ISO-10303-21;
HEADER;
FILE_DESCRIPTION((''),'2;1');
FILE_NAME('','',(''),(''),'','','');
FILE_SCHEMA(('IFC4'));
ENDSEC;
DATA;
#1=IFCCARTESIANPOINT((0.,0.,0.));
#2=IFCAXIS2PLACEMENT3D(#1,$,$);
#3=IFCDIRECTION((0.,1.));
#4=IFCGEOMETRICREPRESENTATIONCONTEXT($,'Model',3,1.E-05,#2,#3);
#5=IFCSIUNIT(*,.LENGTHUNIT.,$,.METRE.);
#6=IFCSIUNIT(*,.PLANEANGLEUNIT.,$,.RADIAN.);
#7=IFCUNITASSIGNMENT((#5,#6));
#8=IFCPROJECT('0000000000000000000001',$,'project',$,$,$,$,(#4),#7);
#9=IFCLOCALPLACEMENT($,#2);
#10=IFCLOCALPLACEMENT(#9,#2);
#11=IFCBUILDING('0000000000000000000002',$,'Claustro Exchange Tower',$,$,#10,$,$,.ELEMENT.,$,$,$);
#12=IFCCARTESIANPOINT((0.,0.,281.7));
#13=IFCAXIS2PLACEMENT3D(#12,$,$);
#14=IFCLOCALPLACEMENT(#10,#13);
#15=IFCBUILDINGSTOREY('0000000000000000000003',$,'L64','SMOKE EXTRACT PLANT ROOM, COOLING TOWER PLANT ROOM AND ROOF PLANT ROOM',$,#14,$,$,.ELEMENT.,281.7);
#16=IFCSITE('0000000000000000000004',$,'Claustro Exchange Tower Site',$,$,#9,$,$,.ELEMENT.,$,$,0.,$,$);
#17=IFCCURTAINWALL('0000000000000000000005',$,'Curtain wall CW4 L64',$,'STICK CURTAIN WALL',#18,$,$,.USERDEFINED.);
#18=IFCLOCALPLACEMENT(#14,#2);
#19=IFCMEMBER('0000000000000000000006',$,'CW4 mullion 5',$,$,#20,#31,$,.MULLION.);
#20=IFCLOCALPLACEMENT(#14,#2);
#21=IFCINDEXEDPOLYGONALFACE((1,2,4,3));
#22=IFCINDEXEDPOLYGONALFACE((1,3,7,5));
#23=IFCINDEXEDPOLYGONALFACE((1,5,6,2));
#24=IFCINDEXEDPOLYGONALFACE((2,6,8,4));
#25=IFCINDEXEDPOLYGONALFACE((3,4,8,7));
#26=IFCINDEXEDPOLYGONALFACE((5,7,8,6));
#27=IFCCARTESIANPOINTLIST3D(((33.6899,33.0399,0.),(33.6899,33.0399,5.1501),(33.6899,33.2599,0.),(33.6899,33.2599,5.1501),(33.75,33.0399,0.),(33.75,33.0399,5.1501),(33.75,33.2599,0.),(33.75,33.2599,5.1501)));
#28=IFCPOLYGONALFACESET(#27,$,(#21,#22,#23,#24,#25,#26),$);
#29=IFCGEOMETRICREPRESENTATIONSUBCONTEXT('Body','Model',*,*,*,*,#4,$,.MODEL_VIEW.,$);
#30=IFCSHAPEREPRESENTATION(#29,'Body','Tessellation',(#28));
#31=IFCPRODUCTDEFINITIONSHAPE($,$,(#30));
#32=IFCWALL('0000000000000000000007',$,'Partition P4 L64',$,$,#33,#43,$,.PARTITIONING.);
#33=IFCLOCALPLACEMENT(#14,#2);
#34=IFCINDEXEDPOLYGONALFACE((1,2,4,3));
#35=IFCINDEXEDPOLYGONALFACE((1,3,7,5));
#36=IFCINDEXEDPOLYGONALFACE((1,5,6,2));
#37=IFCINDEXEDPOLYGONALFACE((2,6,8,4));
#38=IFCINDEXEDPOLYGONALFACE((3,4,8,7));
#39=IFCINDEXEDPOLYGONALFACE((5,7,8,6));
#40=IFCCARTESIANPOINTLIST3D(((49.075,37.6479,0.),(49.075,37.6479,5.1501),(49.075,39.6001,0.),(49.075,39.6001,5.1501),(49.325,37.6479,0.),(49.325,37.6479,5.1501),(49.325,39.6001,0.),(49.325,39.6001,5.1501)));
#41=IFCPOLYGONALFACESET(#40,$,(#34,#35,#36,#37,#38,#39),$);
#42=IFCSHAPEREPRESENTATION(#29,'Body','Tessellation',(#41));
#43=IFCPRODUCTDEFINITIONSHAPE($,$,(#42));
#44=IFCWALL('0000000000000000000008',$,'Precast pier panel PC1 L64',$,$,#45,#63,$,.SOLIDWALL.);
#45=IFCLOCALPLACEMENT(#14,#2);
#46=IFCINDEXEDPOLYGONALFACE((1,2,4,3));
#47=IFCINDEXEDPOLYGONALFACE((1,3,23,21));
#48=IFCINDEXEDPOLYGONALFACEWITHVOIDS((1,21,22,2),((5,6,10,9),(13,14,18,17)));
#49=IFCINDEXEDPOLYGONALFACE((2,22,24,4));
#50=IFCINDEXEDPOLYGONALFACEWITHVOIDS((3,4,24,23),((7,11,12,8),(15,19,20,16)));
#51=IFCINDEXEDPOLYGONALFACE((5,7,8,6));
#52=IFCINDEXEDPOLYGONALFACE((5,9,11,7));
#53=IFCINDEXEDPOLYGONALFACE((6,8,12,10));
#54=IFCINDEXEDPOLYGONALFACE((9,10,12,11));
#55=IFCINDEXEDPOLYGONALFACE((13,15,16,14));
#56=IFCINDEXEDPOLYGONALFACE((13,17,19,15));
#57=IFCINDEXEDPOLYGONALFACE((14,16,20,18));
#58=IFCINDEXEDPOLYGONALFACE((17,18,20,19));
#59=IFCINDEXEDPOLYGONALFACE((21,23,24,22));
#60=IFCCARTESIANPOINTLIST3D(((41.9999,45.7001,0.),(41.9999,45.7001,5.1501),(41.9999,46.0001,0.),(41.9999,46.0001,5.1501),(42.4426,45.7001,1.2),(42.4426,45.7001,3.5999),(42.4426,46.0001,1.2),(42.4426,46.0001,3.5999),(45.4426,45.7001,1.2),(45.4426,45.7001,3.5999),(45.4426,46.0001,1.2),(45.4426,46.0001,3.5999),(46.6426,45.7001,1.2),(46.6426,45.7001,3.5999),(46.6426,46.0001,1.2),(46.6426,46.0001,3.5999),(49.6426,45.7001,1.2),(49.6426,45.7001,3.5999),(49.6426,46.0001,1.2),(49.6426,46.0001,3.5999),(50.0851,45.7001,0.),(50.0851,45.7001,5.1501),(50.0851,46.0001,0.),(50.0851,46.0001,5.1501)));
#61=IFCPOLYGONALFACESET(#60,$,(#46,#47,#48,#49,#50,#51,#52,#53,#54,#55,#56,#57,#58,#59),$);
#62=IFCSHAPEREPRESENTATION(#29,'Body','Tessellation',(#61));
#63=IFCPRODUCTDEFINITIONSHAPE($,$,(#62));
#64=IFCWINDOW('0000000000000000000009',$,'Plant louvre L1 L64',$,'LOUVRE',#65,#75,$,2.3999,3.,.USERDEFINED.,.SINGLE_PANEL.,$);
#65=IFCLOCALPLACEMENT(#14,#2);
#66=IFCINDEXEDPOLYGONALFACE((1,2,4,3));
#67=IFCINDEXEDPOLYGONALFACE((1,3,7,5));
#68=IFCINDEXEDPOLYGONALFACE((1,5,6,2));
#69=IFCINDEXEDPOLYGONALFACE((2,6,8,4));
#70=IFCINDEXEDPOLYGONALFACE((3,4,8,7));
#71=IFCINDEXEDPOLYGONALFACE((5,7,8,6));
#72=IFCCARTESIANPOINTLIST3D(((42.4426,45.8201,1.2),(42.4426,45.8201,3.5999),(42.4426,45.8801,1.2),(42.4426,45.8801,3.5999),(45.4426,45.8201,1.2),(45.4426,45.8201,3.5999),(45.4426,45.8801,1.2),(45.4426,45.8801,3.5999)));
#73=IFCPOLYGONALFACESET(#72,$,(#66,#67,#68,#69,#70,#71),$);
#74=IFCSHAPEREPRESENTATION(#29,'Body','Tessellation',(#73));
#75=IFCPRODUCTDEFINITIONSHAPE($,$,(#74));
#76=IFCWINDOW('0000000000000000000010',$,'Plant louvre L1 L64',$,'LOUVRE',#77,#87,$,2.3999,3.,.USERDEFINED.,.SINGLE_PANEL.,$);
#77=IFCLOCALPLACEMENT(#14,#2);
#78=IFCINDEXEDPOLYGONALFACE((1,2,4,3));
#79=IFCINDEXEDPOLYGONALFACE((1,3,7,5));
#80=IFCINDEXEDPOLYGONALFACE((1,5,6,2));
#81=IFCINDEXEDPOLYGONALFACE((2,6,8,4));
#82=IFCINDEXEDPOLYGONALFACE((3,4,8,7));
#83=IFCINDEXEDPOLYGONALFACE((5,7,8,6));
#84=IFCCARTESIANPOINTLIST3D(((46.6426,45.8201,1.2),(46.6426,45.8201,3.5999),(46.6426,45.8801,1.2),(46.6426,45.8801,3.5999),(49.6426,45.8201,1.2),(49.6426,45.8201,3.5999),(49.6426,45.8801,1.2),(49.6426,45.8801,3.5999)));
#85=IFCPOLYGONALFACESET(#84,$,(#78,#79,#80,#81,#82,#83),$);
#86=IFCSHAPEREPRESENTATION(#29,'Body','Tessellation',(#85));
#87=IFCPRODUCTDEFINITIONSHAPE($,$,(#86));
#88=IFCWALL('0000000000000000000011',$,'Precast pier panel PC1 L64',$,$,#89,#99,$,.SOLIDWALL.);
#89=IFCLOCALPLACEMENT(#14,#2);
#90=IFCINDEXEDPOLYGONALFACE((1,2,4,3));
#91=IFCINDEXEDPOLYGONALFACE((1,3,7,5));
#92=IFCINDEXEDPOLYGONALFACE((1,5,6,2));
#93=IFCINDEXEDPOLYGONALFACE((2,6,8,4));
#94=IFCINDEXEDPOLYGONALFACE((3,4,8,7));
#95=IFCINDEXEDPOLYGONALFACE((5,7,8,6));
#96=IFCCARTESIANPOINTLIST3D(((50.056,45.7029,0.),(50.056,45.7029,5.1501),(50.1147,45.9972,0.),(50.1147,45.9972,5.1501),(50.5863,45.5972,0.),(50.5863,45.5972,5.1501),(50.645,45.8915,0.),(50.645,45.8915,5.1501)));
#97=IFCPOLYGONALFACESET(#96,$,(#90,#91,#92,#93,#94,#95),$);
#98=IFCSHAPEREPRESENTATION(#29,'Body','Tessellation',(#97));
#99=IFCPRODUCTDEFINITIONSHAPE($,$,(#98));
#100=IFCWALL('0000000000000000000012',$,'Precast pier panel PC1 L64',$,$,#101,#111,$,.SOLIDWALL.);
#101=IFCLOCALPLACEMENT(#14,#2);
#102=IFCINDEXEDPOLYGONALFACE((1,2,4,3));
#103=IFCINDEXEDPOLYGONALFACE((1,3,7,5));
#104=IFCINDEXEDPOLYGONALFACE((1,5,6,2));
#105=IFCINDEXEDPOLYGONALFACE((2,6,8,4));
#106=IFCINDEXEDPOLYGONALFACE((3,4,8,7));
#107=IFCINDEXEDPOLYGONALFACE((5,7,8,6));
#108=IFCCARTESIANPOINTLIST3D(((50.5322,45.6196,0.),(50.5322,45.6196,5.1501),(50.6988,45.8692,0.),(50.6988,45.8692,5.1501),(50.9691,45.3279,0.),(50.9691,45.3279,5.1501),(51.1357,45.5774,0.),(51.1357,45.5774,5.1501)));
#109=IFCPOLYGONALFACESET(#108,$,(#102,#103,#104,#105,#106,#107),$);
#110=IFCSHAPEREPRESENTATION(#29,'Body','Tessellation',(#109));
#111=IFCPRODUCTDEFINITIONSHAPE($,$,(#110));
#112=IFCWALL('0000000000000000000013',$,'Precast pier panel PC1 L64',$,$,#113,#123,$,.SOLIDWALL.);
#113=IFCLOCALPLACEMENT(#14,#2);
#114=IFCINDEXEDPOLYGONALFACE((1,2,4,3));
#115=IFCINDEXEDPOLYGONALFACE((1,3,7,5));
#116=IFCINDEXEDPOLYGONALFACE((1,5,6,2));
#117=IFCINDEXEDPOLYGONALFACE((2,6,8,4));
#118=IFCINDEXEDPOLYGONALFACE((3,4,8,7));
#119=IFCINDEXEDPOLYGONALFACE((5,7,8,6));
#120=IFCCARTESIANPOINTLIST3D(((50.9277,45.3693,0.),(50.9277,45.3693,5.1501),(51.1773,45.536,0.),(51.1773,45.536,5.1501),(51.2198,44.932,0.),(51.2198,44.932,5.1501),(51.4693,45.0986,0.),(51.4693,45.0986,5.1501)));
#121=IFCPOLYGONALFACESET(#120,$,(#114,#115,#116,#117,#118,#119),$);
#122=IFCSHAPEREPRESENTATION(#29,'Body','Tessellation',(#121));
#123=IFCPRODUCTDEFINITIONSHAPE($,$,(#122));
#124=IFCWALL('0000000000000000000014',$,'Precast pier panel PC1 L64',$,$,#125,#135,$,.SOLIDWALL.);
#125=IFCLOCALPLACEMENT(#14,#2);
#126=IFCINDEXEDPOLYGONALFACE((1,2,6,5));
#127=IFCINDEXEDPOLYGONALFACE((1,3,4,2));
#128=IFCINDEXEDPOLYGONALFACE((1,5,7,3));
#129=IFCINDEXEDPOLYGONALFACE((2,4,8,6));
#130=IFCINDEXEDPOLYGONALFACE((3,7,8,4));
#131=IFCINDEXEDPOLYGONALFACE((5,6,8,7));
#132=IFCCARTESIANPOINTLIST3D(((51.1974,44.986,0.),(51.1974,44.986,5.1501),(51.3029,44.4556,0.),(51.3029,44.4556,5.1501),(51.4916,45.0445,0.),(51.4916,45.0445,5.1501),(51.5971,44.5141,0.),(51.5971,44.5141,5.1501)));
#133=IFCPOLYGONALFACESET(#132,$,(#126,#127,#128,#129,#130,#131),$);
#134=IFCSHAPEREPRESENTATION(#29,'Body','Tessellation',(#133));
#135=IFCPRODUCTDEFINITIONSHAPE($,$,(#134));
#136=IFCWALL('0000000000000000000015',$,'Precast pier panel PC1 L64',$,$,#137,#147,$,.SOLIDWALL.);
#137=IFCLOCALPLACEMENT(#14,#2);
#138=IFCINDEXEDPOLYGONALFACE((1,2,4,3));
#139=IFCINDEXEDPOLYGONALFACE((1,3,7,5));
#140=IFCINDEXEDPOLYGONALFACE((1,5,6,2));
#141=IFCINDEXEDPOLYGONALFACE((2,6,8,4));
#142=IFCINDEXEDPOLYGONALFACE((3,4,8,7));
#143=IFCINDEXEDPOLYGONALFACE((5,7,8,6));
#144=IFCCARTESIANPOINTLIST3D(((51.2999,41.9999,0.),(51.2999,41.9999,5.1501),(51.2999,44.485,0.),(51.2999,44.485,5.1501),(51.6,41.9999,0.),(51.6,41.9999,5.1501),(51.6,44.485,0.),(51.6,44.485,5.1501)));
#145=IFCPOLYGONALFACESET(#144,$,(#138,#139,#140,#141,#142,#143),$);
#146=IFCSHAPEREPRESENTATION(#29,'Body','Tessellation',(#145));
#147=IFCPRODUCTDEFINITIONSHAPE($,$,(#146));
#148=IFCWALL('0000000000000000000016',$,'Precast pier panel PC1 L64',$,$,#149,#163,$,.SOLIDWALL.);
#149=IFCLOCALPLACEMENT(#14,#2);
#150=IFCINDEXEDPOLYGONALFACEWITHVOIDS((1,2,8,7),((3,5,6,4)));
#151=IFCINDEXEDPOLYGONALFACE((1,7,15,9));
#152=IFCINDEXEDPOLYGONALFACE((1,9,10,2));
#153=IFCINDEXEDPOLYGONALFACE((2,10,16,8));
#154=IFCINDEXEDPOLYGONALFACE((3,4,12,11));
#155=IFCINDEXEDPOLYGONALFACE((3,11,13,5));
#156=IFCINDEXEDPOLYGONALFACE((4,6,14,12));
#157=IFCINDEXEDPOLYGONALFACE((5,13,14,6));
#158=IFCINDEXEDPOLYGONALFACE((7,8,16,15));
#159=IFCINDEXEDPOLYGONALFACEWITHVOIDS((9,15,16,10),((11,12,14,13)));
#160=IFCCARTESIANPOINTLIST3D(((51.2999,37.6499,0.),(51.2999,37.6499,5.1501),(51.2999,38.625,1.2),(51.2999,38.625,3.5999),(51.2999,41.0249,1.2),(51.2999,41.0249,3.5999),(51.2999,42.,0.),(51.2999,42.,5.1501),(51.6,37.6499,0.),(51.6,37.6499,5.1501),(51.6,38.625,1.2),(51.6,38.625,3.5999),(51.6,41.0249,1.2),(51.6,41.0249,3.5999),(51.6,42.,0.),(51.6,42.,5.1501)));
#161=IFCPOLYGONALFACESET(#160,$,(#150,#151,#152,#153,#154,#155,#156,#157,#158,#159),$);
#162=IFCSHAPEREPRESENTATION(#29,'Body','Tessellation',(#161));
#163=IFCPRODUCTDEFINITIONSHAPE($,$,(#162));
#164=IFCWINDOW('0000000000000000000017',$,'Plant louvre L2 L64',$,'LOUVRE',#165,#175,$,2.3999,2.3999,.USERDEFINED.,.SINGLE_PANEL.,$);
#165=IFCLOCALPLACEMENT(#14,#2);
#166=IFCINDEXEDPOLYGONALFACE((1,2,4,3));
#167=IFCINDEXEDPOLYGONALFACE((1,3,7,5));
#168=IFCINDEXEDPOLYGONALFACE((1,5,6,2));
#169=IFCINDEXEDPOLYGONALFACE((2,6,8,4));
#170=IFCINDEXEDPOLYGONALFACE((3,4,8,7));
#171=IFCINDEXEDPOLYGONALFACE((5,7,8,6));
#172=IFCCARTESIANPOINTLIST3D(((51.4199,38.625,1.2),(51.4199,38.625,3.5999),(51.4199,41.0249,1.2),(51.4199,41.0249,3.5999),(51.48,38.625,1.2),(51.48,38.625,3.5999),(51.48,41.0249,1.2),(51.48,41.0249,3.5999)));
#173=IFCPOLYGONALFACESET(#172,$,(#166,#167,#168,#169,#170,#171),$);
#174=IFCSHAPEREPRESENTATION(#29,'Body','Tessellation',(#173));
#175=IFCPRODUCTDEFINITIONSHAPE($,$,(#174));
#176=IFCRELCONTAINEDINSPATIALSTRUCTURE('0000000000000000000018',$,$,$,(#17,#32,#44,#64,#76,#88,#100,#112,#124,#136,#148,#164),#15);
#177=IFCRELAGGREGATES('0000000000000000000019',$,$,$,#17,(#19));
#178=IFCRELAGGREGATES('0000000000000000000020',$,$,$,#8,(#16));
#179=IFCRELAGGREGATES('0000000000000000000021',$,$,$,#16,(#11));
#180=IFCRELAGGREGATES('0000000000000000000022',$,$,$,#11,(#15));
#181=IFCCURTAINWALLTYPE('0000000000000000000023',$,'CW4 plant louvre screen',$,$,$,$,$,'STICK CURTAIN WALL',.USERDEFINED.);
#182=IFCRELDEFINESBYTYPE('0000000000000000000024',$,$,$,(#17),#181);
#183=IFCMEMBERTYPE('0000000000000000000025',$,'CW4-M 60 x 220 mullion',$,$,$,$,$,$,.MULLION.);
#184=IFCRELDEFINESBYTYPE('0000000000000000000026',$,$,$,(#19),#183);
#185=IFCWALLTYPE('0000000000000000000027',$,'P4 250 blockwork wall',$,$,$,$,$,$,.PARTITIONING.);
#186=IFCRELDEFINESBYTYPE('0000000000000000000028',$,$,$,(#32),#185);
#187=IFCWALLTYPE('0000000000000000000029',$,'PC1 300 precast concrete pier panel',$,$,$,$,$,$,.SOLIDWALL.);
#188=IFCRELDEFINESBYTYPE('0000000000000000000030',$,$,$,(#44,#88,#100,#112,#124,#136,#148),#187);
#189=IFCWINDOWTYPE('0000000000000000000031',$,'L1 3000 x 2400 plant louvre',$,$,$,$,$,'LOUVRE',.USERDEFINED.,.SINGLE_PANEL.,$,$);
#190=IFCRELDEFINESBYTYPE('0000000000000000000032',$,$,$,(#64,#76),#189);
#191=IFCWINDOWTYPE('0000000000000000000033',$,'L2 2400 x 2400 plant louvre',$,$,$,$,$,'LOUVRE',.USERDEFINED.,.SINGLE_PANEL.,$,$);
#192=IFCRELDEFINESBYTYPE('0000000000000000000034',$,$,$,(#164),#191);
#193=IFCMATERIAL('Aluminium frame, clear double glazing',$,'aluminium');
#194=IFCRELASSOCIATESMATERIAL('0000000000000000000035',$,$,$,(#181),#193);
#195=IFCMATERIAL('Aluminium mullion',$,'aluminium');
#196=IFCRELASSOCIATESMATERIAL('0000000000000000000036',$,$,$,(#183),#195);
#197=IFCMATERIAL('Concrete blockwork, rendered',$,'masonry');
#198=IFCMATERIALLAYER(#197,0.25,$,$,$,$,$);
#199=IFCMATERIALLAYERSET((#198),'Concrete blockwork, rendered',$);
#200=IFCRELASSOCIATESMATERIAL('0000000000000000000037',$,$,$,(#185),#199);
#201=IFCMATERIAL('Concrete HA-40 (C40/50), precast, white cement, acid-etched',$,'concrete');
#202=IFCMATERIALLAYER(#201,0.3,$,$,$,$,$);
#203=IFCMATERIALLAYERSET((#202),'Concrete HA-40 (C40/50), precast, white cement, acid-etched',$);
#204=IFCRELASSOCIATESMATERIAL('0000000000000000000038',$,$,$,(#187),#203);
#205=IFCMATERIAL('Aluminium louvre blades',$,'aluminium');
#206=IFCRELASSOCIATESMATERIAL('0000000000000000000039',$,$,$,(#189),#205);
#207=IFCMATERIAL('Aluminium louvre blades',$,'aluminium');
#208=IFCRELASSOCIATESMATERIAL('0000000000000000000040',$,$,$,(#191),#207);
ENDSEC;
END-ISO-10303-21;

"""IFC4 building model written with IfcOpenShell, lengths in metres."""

from ifc_helpers import new_model, si_unit, direction, frame, frame_2d, origin, origin_2d, place, context, subcontext, project, spatial, rectangle, extrude, material, layer, layer_set, material_profile, profile_set, type_object, element, fill, aggregate, save


model = new_model("IFC4")

# Units and contexts
model_context = context("Model", 3, precision=1e-05, world=origin(), true_north=direction((0.0, 1.0)))
body_context = subcontext(model_context, "Body", "Model", "MODEL_VIEW")
ifc_project = project(units=[si_unit("LENGTHUNIT", "METRE"), si_unit("PLANEANGLEUNIT", "RADIAN")], contexts=[model_context])

# Site, building, storey
site_placement = place(None, origin())
site = spatial("IfcSite", under=ifc_project, at=site_placement, Name="Claustro Exchange Tower Site", CompositionType="ELEMENT", RefElevation=0.0)
building_placement = place(site_placement, origin())
building = spatial("IfcBuilding", under=site, at=building_placement, Name="Claustro Exchange Tower", CompositionType="ELEMENT")
storey_placement = place(building_placement, frame((0.0, 0.0, 281.7)))
storey = spatial("IfcBuildingStorey", under=building, at=storey_placement, Name="L64", Description="SMOKE EXTRACT PLANT ROOM, COOLING TOWER PLANT ROOM AND ROOF PLANT ROOM", CompositionType="ELEMENT", Elevation=281.7)

# Curtain wall, member
ifc_material_1 = material(Name="Aluminium frame, clear double glazing", Category="aluminium")
curtain_wall_type = type_object("IfcCurtainWallType", Name="CW4 plant louvre screen", ElementType="STICK CURTAIN WALL", PredefinedType="USERDEFINED", material=ifc_material_1)
curtain_wall_placement = place(storey_placement, origin())
curtain_wall = element("IfcCurtainWall", 1, at=curtain_wall_placement, inside=storey, type_object=curtain_wall_type, Name="Curtain wall CW4 L64", ObjectType="STICK CURTAIN WALL", PredefinedType="USERDEFINED")
ifc_material_2 = material(Name="Aluminium mullion", Category="aluminium")
ifc_material_profile_1 = material_profile(ifc_material_2, rectangle(XDim=0.22, YDim=0.0601, at=origin_2d()), Name="CW4-M 60x220")
ifc_profile_set_1 = profile_set([ifc_material_profile_1], Name="Aluminium mullion")
member_type = type_object("IfcMemberType", Name="CW4-M 60 x 220 mullion", PredefinedType="MULLION", material=ifc_profile_set_1)
member_placement = place(storey_placement, frame((33.72, 33.1499, 0.0), z_axis=(0.0, 0.0, 1.0), x_axis=(0.0, 1.0, 0.0)))
member = element("IfcMember", 2, at=member_placement, type_object=member_type, Name="CW4 mullion 5", PredefinedType="MULLION", context=body_context, shape_type="SweptSolid", body=[
    extrude(rectangle(XDim=0.22, YDim=0.0601, at=origin_2d()), origin(), (0.0, 0.0, 1.0), 5.1501),
])
aggregate(curtain_wall, [member])

# Wall
ifc_material_3 = material(Name="Concrete blockwork, rendered", Category="masonry")
ifc_layer_1 = layer(ifc_material_3, 0.25)
ifc_layer_set_1 = layer_set([ifc_layer_1], Name="Concrete blockwork, rendered")
wall_type_1 = type_object("IfcWallType", Name="P4 250 blockwork wall", PredefinedType="PARTITIONING", material=ifc_layer_set_1)
wall_1_placement = place(storey_placement, frame((49.2, 37.6479, 0.0), z_axis=(0.0, 0.0, 1.0), x_axis=(0.0, 1.0, 0.0)))
element("IfcWall", 3, at=wall_1_placement, inside=storey, type_object=wall_type_1, Name="Partition P4 L64", PredefinedType="PARTITIONING", context=body_context, shape_type="SweptSolid", body=[
    extrude(rectangle(XDim=1.9521, YDim=0.25, at=frame_2d((0.9761, 0.0))), origin(), (0.0, 0.0, 1.0), 5.1501),
])

# Wall, openings, windows
ifc_material_4 = material(Name="Concrete HA-40 (C40/50), precast, white cement, acid-etched", Category="concrete")
ifc_layer_2 = layer(ifc_material_4, 0.3)
ifc_layer_set_2 = layer_set([ifc_layer_2], Name="Concrete HA-40 (C40/50), precast, white cement, acid-etched")
wall_type_2 = type_object("IfcWallType", Name="PC1 300 precast concrete pier panel", PredefinedType="SOLIDWALL", material=ifc_layer_set_2)
wall_2_placement = place(storey_placement, frame((42.0, 45.8501, 0.0), z_axis=(0.0, 0.0, 1.0), x_axis=(1.0, 0.0, 0.0)))
wall_2 = element("IfcWall", 4, at=wall_2_placement, inside=storey, type_object=wall_type_2, Name="Precast pier panel PC1 L64", PredefinedType="SOLIDWALL", context=body_context, shape_type="SweptSolid", body=[
    extrude(rectangle(XDim=8.0852, YDim=0.3, at=frame_2d((4.0425, 0.0))), origin(), (0.0, 0.0, 1.0), 5.1501),
])
opening_1_placement = place(wall_2_placement, frame((0.4426, 0.0, 1.2)))
opening_1 = element("IfcOpeningElement", 5, at=opening_1_placement, cuts=wall_2, PredefinedType="OPENING", context=body_context, shape_type="SweptSolid", body=[
    extrude(rectangle(XDim=3.0, YDim=2.3999, at=frame_2d((1.5, 1.2))), frame((0.0, 0.1599, 0.0), z_axis=(0.0, -1.0, 0.0), x_axis=(1.0, 0.0, 0.0)), (0.0, 0.0, 1.0), 0.3201),
])
opening_2_placement = place(wall_2_placement, frame((4.6426, 0.0, 1.2)))
opening_2 = element("IfcOpeningElement", 6, at=opening_2_placement, cuts=wall_2, PredefinedType="OPENING", context=body_context, shape_type="SweptSolid", body=[
    extrude(rectangle(XDim=3.0, YDim=2.3999, at=frame_2d((1.5, 1.2))), frame((0.0, 0.1599, 0.0), z_axis=(0.0, -1.0, 0.0), x_axis=(1.0, 0.0, 0.0)), (0.0, 0.0, 1.0), 0.3201),
])
ifc_material_5 = material(Name="Aluminium louvre blades", Category="aluminium")
window_type_1 = type_object("IfcWindowType", Name="L1 3000 x 2400 plant louvre", ElementType="LOUVRE", PartitioningType="SINGLE_PANEL", PredefinedType="USERDEFINED", material=ifc_material_5)
window_1_placement = place(opening_1_placement, origin())
window_1 = element("IfcWindow", 7, at=window_1_placement, inside=storey, type_object=window_type_1, Name="Plant louvre L1 L64", ObjectType="LOUVRE", OverallHeight=2.3999, OverallWidth=3.0, PartitioningType="SINGLE_PANEL", PredefinedType="USERDEFINED", context=body_context, shape_type="SweptSolid", body=[
    extrude(rectangle(XDim=3.0, YDim=2.3999, at=frame_2d((1.5, 1.2))), frame((0.0, 0.03, 0.0), z_axis=(0.0, -1.0, 0.0), x_axis=(1.0, 0.0, 0.0)), (0.0, 0.0, 1.0), 0.0601),
])
fill(opening_1, window_1)
window_2_placement = place(opening_2_placement, origin())
window_2 = element("IfcWindow", 8, at=window_2_placement, inside=storey, type_object=window_type_1, Name="Plant louvre L1 L64", ObjectType="LOUVRE", OverallHeight=2.3999, OverallWidth=3.0, PartitioningType="SINGLE_PANEL", PredefinedType="USERDEFINED", context=body_context, shape_type="SweptSolid", body=[
    extrude(rectangle(XDim=3.0, YDim=2.3999, at=frame_2d((1.5, 1.2))), frame((0.0, 0.03, 0.0), z_axis=(0.0, -1.0, 0.0), x_axis=(1.0, 0.0, 0.0)), (0.0, 0.0, 1.0), 0.0601),
])
fill(opening_2, window_2)

# Walls
wall_3_placement = place(storey_placement, frame((50.0852, 45.8501, 0.0), z_axis=(0.0, 0.0, 1.0), x_axis=(0.980702, -0.195508, 0.0)))
element("IfcWall", 9, at=wall_3_placement, inside=storey, type_object=wall_type_2, Name="Precast pier panel PC1 L64", PredefinedType="SOLIDWALL", context=body_context, shape_type="SweptSolid", body=[
    extrude(rectangle(XDim=0.5408, YDim=0.3, at=frame_2d((0.2705, 0.0))), origin(), (0.0, 0.0, 1.0), 5.1501),
])
wall_4_placement = place(storey_placement, frame((50.6155, 45.7444, 0.0), z_axis=(0.0, 0.0, 1.0), x_axis=(0.831693, -0.555236, 0.0)))
element("IfcWall", 10, at=wall_4_placement, inside=storey, type_object=wall_type_2, Name="Precast pier panel PC1 L64", PredefinedType="SOLIDWALL", context=body_context, shape_type="SweptSolid", body=[
    extrude(rectangle(XDim=0.5254, YDim=0.3, at=frame_2d((0.2627, 0.0))), origin(), (0.0, 0.0, 1.0), 5.1501),
])
wall_5_placement = place(storey_placement, frame((51.0525, 45.4526, 0.0), z_axis=(0.0, 0.0, 1.0), x_axis=(0.555343, -0.831621, 0.0)))
element("IfcWall", 11, at=wall_5_placement, inside=storey, type_object=wall_type_2, Name="Precast pier panel PC1 L64", PredefinedType="SOLIDWALL", context=body_context, shape_type="SweptSolid", body=[
    extrude(rectangle(XDim=0.5259, YDim=0.3, at=frame_2d((0.2629, 0.0))), origin(), (0.0, 0.0, 1.0), 5.1501),
])
wall_6_placement = place(storey_placement, frame((51.3445, 45.0154, 0.0), z_axis=(0.0, 0.0, 1.0), x_axis=(0.195074, -0.980789, 0.0)))
element("IfcWall", 12, at=wall_6_placement, inside=storey, type_object=wall_type_2, Name="Precast pier panel PC1 L64", PredefinedType="SOLIDWALL", context=body_context, shape_type="SweptSolid", body=[
    extrude(rectangle(XDim=0.5408, YDim=0.3, at=frame_2d((0.2705, 0.0))), origin(), (0.0, 0.0, 1.0), 5.1501),
])
wall_7_placement = place(storey_placement, frame((51.45, 44.4851, 0.0), z_axis=(0.0, 0.0, 1.0), x_axis=(0.0, -1.0, 0.0)))
element("IfcWall", 13, at=wall_7_placement, inside=storey, type_object=wall_type_2, Name="Precast pier panel PC1 L64", PredefinedType="SOLIDWALL", context=body_context, shape_type="SweptSolid", body=[
    extrude(rectangle(XDim=2.4851, YDim=0.3, at=frame_2d((1.2427, 0.0))), origin(), (0.0, 0.0, 1.0), 5.1501),
])

# Wall, opening, window
wall_8_placement = place(storey_placement, frame((51.45, 42.0, 0.0), z_axis=(0.0, 0.0, 1.0), x_axis=(0.0, -1.0, 0.0)))
wall_8 = element("IfcWall", 14, at=wall_8_placement, inside=storey, type_object=wall_type_2, Name="Precast pier panel PC1 L64", PredefinedType="SOLIDWALL", context=body_context, shape_type="SweptSolid", body=[
    extrude(rectangle(XDim=4.3501, YDim=0.3, at=frame_2d((2.175, 0.0))), origin(), (0.0, 0.0, 1.0), 5.1501),
])
opening_3_placement = place(wall_8_placement, frame((0.9751, 0.0, 1.2)))
opening_3 = element("IfcOpeningElement", 15, at=opening_3_placement, cuts=wall_8, PredefinedType="OPENING", context=body_context, shape_type="SweptSolid", body=[
    extrude(rectangle(XDim=2.3999, YDim=2.3999, at=frame_2d((1.2, 1.2))), frame((0.0, 0.1599, 0.0), z_axis=(0.0, -1.0, 0.0), x_axis=(1.0, 0.0, 0.0)), (0.0, 0.0, 1.0), 0.3201),
])
ifc_material_6 = material(Name="Aluminium louvre blades", Category="aluminium")
window_type_2 = type_object("IfcWindowType", Name="L2 2400 x 2400 plant louvre", ElementType="LOUVRE", PartitioningType="SINGLE_PANEL", PredefinedType="USERDEFINED", material=ifc_material_6)
window_3_placement = place(opening_3_placement, origin())
window_3 = element("IfcWindow", 16, at=window_3_placement, inside=storey, type_object=window_type_2, Name="Plant louvre L2 L64", ObjectType="LOUVRE", OverallHeight=2.3999, OverallWidth=2.3999, PartitioningType="SINGLE_PANEL", PredefinedType="USERDEFINED", context=body_context, shape_type="SweptSolid", body=[
    extrude(rectangle(XDim=2.3999, YDim=2.3999, at=frame_2d((1.2, 1.2))), frame((0.0, 0.03, 0.0), z_axis=(0.0, -1.0, 0.0), x_axis=(1.0, 0.0, 0.0)), (0.0, 0.0, 1.0), 0.0601),
])
fill(opening_3, window_3)

save(model, "model.ifc")
